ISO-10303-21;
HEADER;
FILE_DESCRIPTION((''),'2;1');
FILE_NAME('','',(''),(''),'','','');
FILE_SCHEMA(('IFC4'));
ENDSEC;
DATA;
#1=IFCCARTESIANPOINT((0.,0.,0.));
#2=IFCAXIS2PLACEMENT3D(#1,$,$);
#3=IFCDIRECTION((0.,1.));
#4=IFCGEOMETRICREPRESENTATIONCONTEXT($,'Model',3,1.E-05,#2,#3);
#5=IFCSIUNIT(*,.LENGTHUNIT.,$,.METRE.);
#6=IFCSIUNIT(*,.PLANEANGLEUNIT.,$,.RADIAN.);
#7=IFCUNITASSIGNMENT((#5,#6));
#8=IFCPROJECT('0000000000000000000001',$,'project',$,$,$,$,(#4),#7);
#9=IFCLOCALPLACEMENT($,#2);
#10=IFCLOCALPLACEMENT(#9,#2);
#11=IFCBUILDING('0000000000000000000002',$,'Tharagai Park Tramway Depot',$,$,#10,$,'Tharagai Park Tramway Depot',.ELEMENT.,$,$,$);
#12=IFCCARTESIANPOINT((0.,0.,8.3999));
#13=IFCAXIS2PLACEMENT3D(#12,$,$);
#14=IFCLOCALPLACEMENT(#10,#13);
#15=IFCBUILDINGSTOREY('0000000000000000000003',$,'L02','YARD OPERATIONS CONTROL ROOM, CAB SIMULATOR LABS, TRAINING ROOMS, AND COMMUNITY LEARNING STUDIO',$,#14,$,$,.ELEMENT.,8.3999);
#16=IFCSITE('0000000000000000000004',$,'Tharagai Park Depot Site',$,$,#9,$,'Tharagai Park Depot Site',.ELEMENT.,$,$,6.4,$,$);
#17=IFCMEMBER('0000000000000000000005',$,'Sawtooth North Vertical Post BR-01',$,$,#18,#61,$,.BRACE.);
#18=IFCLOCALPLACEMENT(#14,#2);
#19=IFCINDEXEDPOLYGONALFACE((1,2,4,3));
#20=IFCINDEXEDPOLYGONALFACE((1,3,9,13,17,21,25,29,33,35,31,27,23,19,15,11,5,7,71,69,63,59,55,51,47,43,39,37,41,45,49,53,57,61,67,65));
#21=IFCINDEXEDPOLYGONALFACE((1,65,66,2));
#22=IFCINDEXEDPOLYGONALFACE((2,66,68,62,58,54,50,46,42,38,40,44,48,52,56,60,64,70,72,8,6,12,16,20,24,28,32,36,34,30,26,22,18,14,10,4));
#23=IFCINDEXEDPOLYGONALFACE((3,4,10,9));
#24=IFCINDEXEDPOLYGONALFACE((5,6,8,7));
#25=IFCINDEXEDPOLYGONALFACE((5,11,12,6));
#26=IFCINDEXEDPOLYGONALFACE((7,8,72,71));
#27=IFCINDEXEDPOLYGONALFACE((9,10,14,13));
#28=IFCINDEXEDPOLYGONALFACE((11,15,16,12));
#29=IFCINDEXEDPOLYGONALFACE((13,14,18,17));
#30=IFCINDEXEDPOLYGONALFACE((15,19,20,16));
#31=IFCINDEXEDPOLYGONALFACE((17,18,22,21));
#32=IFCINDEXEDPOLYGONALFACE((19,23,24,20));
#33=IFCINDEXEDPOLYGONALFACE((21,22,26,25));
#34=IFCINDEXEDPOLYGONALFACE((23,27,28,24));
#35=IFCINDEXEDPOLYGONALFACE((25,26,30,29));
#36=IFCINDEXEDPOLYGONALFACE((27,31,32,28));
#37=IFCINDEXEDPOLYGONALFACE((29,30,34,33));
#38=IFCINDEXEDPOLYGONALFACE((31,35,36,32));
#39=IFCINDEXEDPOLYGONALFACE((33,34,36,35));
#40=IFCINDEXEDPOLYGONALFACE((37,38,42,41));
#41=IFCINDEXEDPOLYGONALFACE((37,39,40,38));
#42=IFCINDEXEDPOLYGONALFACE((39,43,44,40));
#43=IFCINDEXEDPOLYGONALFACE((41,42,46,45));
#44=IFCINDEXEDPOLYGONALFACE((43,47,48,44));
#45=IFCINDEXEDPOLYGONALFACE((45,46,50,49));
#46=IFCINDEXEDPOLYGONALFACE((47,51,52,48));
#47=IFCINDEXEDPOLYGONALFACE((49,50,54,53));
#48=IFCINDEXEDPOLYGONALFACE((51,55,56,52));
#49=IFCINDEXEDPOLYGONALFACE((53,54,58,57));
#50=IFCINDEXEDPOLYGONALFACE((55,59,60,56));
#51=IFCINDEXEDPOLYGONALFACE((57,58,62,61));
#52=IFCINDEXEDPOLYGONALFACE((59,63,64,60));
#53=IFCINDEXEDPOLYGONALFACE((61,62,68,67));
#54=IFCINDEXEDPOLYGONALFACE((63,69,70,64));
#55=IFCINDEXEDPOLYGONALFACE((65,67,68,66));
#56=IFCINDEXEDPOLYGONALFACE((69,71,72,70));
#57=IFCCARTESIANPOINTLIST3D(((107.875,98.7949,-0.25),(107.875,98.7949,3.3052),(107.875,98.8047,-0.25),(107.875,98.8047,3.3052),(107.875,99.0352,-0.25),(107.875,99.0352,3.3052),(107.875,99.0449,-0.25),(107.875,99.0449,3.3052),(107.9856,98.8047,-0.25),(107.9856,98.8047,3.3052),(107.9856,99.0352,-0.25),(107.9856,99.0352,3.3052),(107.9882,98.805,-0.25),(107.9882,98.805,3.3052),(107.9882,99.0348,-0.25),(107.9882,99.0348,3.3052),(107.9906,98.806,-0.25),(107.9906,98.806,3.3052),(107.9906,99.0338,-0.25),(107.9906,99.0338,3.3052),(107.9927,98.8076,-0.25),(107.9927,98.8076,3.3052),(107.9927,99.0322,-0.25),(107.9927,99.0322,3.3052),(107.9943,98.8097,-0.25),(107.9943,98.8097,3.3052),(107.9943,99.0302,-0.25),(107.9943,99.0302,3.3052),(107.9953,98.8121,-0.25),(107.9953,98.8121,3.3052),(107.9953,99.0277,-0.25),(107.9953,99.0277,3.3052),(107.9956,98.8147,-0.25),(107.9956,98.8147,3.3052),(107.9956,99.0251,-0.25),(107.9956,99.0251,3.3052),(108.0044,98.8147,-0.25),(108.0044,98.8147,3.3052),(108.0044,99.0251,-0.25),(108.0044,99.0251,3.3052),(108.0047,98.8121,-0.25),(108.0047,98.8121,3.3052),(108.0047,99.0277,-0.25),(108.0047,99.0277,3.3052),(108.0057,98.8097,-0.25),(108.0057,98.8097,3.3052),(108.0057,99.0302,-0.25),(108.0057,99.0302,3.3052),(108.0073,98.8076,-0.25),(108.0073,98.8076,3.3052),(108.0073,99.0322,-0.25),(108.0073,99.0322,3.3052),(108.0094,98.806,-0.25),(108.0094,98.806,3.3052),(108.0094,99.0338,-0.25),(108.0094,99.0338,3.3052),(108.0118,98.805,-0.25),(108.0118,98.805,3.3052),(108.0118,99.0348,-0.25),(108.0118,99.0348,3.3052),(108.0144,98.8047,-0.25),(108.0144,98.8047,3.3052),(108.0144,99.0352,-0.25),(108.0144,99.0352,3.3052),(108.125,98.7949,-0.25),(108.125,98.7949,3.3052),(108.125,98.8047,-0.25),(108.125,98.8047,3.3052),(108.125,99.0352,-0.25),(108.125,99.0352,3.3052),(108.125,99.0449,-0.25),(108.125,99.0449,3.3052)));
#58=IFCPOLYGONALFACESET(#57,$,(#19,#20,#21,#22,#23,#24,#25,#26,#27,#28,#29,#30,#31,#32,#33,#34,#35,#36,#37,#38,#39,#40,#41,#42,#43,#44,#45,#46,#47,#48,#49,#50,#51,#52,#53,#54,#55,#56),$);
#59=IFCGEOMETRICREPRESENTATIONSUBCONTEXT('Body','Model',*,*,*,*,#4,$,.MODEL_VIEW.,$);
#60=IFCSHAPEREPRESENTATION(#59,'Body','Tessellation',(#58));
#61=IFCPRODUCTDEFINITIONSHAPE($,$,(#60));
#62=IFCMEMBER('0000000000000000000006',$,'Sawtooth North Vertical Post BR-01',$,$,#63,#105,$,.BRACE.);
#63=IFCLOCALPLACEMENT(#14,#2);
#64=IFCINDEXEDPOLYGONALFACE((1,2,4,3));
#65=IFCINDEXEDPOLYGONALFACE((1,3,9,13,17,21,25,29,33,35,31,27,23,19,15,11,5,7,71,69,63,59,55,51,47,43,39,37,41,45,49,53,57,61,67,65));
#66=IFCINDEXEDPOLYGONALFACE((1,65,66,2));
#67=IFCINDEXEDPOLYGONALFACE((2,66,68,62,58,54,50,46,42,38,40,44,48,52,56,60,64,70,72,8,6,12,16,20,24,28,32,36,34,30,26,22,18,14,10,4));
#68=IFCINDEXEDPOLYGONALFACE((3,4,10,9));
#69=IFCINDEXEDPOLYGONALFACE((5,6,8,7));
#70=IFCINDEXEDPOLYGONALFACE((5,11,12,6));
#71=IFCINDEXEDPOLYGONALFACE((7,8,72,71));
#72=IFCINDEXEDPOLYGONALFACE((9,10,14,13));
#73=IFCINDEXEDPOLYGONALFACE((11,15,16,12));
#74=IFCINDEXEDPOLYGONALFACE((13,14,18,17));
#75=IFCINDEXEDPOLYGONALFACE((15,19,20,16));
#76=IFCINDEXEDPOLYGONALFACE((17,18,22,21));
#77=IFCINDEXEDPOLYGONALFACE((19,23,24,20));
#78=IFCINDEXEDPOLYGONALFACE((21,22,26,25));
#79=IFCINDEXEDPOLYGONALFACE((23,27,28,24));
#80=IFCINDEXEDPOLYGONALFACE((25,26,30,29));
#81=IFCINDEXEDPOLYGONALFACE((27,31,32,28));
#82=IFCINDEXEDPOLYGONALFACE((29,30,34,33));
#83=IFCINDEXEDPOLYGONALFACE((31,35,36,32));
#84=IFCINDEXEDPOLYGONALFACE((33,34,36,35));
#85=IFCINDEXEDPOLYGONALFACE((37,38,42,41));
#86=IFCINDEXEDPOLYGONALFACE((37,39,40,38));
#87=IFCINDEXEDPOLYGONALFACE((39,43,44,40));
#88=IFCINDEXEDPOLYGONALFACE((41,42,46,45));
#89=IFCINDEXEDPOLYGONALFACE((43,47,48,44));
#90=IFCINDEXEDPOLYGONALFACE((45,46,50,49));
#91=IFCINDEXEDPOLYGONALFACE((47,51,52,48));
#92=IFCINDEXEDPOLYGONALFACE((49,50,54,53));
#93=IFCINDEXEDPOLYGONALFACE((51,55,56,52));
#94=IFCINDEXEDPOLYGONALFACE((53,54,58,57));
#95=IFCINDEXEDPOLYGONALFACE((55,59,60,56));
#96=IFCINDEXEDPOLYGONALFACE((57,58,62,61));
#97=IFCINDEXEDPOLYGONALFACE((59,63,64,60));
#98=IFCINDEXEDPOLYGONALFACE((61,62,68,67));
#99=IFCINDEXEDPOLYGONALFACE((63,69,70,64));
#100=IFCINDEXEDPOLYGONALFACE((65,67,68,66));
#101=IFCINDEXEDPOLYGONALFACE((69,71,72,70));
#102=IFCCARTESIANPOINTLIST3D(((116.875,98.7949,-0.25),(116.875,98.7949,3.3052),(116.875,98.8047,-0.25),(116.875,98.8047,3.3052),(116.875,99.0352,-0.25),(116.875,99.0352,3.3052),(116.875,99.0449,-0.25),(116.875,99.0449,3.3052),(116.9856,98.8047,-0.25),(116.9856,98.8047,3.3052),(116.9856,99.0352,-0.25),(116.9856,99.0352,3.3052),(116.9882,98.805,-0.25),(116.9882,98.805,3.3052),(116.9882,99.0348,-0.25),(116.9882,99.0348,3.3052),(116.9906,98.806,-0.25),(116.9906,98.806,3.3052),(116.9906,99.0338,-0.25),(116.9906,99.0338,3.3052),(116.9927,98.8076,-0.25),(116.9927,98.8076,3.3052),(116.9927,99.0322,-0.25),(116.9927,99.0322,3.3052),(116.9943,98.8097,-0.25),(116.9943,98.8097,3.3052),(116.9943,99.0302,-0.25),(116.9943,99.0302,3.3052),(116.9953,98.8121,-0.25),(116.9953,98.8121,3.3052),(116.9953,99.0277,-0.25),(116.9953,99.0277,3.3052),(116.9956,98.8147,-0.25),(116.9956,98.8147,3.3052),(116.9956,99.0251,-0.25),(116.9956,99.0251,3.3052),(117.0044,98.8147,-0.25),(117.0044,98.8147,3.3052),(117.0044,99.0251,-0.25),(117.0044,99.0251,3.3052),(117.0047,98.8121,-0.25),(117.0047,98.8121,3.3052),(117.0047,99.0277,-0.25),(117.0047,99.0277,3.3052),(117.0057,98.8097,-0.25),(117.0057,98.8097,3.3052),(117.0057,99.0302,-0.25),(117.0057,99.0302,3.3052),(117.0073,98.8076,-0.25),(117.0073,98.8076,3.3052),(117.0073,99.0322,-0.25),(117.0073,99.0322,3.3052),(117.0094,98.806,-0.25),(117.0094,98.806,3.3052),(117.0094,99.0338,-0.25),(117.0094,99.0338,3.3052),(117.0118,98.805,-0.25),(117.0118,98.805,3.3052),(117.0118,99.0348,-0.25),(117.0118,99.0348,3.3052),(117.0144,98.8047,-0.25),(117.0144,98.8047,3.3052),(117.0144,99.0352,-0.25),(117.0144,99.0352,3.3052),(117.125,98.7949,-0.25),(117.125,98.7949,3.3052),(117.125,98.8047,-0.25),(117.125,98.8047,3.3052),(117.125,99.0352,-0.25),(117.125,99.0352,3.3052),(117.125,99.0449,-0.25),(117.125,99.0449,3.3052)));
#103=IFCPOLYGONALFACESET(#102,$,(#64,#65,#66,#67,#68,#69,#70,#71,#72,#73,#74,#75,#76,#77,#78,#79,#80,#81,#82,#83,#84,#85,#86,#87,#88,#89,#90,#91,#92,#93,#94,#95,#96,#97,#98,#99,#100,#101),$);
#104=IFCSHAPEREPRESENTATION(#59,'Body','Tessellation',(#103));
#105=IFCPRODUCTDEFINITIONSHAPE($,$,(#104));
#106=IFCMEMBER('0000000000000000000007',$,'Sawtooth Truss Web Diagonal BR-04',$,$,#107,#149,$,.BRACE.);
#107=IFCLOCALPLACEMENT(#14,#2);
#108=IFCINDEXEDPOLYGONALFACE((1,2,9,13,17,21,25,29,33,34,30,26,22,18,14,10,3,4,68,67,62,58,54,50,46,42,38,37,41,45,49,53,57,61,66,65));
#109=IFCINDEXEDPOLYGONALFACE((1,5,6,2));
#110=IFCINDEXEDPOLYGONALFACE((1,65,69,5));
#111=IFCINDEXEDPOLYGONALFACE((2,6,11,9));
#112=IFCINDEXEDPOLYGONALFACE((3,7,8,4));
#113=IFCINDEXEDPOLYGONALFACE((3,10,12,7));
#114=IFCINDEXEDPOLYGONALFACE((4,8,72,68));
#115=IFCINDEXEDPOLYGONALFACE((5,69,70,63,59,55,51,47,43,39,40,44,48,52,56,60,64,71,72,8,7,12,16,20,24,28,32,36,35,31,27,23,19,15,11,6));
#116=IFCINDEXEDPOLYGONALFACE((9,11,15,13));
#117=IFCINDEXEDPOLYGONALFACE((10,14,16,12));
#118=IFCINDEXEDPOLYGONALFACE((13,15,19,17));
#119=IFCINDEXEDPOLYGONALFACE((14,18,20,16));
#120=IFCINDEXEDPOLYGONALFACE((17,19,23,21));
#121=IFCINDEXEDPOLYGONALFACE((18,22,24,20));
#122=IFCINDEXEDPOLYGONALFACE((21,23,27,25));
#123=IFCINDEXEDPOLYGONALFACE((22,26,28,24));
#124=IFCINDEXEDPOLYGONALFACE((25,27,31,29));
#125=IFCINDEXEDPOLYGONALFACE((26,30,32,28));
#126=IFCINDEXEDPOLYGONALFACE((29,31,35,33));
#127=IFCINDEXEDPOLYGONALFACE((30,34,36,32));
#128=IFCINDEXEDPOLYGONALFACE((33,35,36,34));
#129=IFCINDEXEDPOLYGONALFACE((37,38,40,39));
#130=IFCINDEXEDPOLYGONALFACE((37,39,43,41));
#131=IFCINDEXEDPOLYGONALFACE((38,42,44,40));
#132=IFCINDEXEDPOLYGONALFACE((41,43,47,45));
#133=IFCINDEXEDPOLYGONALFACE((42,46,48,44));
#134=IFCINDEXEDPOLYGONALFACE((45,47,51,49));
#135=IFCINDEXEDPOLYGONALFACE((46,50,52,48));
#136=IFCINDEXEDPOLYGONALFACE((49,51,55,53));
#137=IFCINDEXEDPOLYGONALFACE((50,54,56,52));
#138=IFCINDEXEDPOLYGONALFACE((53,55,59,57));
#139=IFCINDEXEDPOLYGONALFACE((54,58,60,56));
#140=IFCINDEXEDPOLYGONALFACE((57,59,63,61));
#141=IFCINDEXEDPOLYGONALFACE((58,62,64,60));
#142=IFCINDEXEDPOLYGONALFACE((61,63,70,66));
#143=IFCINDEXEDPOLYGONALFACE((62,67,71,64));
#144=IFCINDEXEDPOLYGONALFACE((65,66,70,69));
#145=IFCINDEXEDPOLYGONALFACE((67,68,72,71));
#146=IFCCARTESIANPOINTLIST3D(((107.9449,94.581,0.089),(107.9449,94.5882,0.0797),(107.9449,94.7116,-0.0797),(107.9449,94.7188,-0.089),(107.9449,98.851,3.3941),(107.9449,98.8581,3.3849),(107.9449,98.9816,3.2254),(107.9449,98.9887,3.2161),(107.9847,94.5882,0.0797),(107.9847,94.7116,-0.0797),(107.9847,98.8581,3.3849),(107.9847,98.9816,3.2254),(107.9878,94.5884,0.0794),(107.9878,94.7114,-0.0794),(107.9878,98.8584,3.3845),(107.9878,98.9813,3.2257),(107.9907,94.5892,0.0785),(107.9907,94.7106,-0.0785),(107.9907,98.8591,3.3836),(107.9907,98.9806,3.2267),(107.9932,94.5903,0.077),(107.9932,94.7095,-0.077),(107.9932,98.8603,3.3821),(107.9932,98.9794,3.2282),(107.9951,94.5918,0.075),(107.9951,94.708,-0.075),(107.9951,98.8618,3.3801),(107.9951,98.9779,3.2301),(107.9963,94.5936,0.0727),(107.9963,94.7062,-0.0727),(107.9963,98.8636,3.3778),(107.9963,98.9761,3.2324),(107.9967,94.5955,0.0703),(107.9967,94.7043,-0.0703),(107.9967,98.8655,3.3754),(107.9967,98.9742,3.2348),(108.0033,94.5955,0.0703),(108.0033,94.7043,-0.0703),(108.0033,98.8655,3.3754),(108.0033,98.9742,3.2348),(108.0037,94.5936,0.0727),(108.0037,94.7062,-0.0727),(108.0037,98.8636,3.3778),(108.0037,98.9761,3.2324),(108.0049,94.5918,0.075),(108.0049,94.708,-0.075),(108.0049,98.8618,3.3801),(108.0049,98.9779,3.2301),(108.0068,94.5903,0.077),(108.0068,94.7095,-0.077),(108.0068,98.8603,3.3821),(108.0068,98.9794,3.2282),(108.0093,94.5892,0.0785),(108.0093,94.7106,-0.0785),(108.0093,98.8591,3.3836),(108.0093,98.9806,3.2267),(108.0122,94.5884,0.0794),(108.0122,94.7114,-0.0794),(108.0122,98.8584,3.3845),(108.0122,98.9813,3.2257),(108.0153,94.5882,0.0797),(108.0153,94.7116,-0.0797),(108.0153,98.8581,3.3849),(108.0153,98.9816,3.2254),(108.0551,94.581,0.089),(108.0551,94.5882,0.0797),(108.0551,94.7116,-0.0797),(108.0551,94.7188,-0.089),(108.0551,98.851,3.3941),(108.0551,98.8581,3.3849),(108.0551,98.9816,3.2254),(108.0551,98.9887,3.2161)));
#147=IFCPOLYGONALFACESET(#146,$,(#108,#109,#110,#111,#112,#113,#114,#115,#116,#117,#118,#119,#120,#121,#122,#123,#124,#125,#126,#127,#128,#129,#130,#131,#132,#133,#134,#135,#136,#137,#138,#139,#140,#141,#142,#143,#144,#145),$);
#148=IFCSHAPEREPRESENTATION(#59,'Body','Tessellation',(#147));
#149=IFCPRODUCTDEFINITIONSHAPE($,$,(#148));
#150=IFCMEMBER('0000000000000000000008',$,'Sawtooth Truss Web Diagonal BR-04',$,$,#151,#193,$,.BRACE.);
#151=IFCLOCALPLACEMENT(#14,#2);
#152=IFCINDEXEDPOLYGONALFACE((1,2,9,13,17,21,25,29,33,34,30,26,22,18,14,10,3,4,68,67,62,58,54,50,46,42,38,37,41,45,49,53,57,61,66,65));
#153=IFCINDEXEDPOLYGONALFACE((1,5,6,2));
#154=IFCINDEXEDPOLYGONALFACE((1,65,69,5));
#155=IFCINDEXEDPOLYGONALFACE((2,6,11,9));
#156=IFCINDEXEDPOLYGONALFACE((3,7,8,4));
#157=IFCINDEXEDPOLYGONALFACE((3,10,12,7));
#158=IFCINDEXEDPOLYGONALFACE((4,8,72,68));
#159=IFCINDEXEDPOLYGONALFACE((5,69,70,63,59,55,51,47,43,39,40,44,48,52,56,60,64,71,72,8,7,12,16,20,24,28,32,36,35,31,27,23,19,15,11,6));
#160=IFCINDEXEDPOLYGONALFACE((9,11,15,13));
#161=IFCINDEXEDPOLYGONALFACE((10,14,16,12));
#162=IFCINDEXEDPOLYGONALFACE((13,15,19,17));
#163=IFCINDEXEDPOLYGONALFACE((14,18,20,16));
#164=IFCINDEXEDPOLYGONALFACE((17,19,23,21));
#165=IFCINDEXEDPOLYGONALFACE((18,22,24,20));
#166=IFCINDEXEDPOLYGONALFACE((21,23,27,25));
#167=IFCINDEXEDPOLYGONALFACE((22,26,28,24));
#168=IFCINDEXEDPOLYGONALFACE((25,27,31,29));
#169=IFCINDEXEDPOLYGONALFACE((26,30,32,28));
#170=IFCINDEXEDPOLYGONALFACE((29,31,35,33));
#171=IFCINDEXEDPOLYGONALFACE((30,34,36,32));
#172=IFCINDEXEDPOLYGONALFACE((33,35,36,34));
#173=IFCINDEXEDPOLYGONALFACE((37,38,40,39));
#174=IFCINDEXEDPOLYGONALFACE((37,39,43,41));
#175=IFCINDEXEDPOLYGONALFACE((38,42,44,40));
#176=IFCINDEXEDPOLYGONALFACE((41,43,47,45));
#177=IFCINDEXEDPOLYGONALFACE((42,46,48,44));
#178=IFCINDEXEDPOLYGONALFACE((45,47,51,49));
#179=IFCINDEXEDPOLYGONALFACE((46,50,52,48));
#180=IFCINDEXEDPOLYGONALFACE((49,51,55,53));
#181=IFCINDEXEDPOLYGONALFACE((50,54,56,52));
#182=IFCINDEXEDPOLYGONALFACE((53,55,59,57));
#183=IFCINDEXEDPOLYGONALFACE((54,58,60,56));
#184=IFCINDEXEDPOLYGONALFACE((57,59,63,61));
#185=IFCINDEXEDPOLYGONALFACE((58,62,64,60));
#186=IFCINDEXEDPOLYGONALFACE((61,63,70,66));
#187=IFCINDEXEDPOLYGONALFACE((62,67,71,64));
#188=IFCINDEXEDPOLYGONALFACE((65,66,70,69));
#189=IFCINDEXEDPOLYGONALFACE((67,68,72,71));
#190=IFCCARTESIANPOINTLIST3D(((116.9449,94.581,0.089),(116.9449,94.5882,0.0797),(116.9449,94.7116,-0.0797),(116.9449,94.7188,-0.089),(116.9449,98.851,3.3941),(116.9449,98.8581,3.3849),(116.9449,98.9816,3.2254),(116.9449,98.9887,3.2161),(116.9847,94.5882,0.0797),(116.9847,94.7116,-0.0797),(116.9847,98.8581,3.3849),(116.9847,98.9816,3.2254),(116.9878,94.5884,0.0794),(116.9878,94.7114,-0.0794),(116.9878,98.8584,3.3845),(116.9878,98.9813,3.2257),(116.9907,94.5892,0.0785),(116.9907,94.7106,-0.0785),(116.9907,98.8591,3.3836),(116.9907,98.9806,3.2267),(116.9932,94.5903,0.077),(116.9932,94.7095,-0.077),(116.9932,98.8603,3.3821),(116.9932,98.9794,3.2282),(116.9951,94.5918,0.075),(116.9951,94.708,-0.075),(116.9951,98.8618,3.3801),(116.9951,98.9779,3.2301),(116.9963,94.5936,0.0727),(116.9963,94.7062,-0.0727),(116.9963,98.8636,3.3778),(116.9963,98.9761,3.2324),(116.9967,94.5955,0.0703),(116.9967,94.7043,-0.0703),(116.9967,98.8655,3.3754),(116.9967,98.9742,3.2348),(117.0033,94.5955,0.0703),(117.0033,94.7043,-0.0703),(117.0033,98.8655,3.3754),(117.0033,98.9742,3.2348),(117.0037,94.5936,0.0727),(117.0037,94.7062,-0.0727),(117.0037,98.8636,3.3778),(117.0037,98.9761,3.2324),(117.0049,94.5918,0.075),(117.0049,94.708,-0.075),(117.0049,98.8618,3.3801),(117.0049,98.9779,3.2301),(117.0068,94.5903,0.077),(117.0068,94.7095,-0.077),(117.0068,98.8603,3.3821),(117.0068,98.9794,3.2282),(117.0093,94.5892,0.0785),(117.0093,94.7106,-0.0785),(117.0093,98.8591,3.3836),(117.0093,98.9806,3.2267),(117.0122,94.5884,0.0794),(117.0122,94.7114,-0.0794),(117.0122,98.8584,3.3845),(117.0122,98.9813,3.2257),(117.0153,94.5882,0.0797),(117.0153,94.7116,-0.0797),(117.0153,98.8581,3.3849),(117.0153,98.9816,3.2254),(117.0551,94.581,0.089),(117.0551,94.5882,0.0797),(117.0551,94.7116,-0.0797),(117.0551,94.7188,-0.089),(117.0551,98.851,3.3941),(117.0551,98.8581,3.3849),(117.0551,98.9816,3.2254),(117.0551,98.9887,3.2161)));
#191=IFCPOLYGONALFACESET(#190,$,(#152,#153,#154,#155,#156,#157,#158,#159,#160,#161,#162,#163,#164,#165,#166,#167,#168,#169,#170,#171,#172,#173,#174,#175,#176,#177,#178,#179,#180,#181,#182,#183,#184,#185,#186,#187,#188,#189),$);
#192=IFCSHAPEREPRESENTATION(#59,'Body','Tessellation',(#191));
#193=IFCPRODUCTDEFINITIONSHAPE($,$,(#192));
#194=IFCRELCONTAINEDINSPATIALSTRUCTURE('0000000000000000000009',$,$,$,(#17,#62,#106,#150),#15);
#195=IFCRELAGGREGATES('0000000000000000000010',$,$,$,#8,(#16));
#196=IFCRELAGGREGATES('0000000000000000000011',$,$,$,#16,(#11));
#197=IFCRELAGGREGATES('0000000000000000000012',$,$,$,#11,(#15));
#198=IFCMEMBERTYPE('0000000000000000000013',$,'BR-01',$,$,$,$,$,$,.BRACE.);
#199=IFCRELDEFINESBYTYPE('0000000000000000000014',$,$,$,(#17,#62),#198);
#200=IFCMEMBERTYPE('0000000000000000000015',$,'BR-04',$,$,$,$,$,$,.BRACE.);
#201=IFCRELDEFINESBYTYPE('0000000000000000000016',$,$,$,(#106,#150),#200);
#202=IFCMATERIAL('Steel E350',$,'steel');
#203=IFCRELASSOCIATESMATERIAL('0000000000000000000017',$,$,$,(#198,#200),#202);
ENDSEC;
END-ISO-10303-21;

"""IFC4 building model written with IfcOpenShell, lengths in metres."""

from ifc_helpers import new_model, si_unit, direction, frame, origin, origin_2d, place, context, subcontext, project, spatial, i_section, extrude, material, material_profile, profile_set, type_object, element, save


model = new_model("IFC4")

# Units and contexts
model_context = context("Model", 3, precision=1e-05, world=origin(), true_north=direction((0.0, 1.0)))
body_context = subcontext(model_context, "Body", "Model", "MODEL_VIEW")
ifc_project = project(units=[si_unit("LENGTHUNIT", "METRE"), si_unit("PLANEANGLEUNIT", "RADIAN")], contexts=[model_context])

# Site, building, storey
site_placement = place(None, origin())
site = spatial("IfcSite", under=ifc_project, at=site_placement, Name="Tharagai Park Depot Site", LongName="Tharagai Park Depot Site", CompositionType="ELEMENT", RefElevation=6.4)
building_placement = place(site_placement, origin())
building = spatial("IfcBuilding", under=site, at=building_placement, Name="Tharagai Park Tramway Depot", LongName="Tharagai Park Tramway Depot", CompositionType="ELEMENT")
storey_placement = place(building_placement, frame((0.0, 0.0, 8.3999)))
storey = spatial("IfcBuildingStorey", under=building, at=storey_placement, Name="L02", Description="YARD OPERATIONS CONTROL ROOM, CAB SIMULATOR LABS, TRAINING ROOMS, AND COMMUNITY LEARNING STUDIO", CompositionType="ELEMENT", Elevation=8.3999)

# Members
ifc_material_1 = material(Name="Steel E350", Category="steel")
ifc_material_profile_1 = material_profile(ifc_material_1, i_section(OverallWidth=0.25, OverallDepth=0.25, WebThickness=0.0088, FlangeThickness=0.0098, FilletRadius=0.01, at=origin_2d()), Name="ISHB 250")
ifc_profile_set_1 = profile_set([ifc_material_profile_1], Name="Steel E350")
member_type_1 = type_object("IfcMemberType", Name="BR-01", PredefinedType="BRACE", material=ifc_profile_set_1)
for number, where, z_axis, x_axis, name in (
    (1, (108.0, 98.9199, -0.25), (0.0, 0.0, 1.0), (1.0, 0.0, 0.0), "Sawtooth North Vertical Post BR-01"),
    (2, (117.0, 98.9199, -0.25), (0.0, 0.0, 1.0), (1.0, 0.0, 0.0), "Sawtooth North Vertical Post BR-01"),
):
    element("IfcMember", number, at=place(storey_placement, frame(where, z_axis=z_axis, x_axis=x_axis)), inside=storey, type_object=member_type_1, Name=name, PredefinedType="BRACE", context=body_context, shape_type="SweptSolid", body=[
        extrude(i_section(OverallWidth=0.25, OverallDepth=0.25, WebThickness=0.0088, FlangeThickness=0.0098, FilletRadius=0.01, at=origin_2d()), origin(), (0.0, 0.0, 1.0), 3.5552),
    ])
ifc_material_profile_2 = material_profile(ifc_material_1, i_section(OverallWidth=0.1101, OverallDepth=0.2251, WebThickness=0.0066, FlangeThickness=0.0117, FilletRadius=0.012, at=origin_2d()), Name="ISMB 225")
ifc_profile_set_2 = profile_set([ifc_material_profile_2], Name="Steel E350")
member_type_2 = type_object("IfcMemberType", Name="BR-04", PredefinedType="BRACE", material=ifc_profile_set_2)
for number, where, z_axis, x_axis, name in (
    (3, (108.0, 94.6499, 0.0), (0.0, 0.790782, 0.612098), (-1.0, 0.0, 0.0), "Sawtooth Truss Web Diagonal BR-04"),
    (4, (117.0, 94.6499, 0.0), (0.0, 0.790782, 0.612098), (-1.0, 0.0, 0.0), "Sawtooth Truss Web Diagonal BR-04"),
):
    element("IfcMember", number, at=place(storey_placement, frame(where, z_axis=z_axis, x_axis=x_axis)), inside=storey, type_object=member_type_2, Name=name, PredefinedType="BRACE", context=body_context, shape_type="SweptSolid", body=[
        extrude(i_section(OverallWidth=0.1101, OverallDepth=0.2251, WebThickness=0.0066, FlangeThickness=0.0117, FilletRadius=0.012, at=origin_2d()), origin(), (0.0, 0.0, 1.0), 5.3997),
    ])

save(model, "model.ifc")
